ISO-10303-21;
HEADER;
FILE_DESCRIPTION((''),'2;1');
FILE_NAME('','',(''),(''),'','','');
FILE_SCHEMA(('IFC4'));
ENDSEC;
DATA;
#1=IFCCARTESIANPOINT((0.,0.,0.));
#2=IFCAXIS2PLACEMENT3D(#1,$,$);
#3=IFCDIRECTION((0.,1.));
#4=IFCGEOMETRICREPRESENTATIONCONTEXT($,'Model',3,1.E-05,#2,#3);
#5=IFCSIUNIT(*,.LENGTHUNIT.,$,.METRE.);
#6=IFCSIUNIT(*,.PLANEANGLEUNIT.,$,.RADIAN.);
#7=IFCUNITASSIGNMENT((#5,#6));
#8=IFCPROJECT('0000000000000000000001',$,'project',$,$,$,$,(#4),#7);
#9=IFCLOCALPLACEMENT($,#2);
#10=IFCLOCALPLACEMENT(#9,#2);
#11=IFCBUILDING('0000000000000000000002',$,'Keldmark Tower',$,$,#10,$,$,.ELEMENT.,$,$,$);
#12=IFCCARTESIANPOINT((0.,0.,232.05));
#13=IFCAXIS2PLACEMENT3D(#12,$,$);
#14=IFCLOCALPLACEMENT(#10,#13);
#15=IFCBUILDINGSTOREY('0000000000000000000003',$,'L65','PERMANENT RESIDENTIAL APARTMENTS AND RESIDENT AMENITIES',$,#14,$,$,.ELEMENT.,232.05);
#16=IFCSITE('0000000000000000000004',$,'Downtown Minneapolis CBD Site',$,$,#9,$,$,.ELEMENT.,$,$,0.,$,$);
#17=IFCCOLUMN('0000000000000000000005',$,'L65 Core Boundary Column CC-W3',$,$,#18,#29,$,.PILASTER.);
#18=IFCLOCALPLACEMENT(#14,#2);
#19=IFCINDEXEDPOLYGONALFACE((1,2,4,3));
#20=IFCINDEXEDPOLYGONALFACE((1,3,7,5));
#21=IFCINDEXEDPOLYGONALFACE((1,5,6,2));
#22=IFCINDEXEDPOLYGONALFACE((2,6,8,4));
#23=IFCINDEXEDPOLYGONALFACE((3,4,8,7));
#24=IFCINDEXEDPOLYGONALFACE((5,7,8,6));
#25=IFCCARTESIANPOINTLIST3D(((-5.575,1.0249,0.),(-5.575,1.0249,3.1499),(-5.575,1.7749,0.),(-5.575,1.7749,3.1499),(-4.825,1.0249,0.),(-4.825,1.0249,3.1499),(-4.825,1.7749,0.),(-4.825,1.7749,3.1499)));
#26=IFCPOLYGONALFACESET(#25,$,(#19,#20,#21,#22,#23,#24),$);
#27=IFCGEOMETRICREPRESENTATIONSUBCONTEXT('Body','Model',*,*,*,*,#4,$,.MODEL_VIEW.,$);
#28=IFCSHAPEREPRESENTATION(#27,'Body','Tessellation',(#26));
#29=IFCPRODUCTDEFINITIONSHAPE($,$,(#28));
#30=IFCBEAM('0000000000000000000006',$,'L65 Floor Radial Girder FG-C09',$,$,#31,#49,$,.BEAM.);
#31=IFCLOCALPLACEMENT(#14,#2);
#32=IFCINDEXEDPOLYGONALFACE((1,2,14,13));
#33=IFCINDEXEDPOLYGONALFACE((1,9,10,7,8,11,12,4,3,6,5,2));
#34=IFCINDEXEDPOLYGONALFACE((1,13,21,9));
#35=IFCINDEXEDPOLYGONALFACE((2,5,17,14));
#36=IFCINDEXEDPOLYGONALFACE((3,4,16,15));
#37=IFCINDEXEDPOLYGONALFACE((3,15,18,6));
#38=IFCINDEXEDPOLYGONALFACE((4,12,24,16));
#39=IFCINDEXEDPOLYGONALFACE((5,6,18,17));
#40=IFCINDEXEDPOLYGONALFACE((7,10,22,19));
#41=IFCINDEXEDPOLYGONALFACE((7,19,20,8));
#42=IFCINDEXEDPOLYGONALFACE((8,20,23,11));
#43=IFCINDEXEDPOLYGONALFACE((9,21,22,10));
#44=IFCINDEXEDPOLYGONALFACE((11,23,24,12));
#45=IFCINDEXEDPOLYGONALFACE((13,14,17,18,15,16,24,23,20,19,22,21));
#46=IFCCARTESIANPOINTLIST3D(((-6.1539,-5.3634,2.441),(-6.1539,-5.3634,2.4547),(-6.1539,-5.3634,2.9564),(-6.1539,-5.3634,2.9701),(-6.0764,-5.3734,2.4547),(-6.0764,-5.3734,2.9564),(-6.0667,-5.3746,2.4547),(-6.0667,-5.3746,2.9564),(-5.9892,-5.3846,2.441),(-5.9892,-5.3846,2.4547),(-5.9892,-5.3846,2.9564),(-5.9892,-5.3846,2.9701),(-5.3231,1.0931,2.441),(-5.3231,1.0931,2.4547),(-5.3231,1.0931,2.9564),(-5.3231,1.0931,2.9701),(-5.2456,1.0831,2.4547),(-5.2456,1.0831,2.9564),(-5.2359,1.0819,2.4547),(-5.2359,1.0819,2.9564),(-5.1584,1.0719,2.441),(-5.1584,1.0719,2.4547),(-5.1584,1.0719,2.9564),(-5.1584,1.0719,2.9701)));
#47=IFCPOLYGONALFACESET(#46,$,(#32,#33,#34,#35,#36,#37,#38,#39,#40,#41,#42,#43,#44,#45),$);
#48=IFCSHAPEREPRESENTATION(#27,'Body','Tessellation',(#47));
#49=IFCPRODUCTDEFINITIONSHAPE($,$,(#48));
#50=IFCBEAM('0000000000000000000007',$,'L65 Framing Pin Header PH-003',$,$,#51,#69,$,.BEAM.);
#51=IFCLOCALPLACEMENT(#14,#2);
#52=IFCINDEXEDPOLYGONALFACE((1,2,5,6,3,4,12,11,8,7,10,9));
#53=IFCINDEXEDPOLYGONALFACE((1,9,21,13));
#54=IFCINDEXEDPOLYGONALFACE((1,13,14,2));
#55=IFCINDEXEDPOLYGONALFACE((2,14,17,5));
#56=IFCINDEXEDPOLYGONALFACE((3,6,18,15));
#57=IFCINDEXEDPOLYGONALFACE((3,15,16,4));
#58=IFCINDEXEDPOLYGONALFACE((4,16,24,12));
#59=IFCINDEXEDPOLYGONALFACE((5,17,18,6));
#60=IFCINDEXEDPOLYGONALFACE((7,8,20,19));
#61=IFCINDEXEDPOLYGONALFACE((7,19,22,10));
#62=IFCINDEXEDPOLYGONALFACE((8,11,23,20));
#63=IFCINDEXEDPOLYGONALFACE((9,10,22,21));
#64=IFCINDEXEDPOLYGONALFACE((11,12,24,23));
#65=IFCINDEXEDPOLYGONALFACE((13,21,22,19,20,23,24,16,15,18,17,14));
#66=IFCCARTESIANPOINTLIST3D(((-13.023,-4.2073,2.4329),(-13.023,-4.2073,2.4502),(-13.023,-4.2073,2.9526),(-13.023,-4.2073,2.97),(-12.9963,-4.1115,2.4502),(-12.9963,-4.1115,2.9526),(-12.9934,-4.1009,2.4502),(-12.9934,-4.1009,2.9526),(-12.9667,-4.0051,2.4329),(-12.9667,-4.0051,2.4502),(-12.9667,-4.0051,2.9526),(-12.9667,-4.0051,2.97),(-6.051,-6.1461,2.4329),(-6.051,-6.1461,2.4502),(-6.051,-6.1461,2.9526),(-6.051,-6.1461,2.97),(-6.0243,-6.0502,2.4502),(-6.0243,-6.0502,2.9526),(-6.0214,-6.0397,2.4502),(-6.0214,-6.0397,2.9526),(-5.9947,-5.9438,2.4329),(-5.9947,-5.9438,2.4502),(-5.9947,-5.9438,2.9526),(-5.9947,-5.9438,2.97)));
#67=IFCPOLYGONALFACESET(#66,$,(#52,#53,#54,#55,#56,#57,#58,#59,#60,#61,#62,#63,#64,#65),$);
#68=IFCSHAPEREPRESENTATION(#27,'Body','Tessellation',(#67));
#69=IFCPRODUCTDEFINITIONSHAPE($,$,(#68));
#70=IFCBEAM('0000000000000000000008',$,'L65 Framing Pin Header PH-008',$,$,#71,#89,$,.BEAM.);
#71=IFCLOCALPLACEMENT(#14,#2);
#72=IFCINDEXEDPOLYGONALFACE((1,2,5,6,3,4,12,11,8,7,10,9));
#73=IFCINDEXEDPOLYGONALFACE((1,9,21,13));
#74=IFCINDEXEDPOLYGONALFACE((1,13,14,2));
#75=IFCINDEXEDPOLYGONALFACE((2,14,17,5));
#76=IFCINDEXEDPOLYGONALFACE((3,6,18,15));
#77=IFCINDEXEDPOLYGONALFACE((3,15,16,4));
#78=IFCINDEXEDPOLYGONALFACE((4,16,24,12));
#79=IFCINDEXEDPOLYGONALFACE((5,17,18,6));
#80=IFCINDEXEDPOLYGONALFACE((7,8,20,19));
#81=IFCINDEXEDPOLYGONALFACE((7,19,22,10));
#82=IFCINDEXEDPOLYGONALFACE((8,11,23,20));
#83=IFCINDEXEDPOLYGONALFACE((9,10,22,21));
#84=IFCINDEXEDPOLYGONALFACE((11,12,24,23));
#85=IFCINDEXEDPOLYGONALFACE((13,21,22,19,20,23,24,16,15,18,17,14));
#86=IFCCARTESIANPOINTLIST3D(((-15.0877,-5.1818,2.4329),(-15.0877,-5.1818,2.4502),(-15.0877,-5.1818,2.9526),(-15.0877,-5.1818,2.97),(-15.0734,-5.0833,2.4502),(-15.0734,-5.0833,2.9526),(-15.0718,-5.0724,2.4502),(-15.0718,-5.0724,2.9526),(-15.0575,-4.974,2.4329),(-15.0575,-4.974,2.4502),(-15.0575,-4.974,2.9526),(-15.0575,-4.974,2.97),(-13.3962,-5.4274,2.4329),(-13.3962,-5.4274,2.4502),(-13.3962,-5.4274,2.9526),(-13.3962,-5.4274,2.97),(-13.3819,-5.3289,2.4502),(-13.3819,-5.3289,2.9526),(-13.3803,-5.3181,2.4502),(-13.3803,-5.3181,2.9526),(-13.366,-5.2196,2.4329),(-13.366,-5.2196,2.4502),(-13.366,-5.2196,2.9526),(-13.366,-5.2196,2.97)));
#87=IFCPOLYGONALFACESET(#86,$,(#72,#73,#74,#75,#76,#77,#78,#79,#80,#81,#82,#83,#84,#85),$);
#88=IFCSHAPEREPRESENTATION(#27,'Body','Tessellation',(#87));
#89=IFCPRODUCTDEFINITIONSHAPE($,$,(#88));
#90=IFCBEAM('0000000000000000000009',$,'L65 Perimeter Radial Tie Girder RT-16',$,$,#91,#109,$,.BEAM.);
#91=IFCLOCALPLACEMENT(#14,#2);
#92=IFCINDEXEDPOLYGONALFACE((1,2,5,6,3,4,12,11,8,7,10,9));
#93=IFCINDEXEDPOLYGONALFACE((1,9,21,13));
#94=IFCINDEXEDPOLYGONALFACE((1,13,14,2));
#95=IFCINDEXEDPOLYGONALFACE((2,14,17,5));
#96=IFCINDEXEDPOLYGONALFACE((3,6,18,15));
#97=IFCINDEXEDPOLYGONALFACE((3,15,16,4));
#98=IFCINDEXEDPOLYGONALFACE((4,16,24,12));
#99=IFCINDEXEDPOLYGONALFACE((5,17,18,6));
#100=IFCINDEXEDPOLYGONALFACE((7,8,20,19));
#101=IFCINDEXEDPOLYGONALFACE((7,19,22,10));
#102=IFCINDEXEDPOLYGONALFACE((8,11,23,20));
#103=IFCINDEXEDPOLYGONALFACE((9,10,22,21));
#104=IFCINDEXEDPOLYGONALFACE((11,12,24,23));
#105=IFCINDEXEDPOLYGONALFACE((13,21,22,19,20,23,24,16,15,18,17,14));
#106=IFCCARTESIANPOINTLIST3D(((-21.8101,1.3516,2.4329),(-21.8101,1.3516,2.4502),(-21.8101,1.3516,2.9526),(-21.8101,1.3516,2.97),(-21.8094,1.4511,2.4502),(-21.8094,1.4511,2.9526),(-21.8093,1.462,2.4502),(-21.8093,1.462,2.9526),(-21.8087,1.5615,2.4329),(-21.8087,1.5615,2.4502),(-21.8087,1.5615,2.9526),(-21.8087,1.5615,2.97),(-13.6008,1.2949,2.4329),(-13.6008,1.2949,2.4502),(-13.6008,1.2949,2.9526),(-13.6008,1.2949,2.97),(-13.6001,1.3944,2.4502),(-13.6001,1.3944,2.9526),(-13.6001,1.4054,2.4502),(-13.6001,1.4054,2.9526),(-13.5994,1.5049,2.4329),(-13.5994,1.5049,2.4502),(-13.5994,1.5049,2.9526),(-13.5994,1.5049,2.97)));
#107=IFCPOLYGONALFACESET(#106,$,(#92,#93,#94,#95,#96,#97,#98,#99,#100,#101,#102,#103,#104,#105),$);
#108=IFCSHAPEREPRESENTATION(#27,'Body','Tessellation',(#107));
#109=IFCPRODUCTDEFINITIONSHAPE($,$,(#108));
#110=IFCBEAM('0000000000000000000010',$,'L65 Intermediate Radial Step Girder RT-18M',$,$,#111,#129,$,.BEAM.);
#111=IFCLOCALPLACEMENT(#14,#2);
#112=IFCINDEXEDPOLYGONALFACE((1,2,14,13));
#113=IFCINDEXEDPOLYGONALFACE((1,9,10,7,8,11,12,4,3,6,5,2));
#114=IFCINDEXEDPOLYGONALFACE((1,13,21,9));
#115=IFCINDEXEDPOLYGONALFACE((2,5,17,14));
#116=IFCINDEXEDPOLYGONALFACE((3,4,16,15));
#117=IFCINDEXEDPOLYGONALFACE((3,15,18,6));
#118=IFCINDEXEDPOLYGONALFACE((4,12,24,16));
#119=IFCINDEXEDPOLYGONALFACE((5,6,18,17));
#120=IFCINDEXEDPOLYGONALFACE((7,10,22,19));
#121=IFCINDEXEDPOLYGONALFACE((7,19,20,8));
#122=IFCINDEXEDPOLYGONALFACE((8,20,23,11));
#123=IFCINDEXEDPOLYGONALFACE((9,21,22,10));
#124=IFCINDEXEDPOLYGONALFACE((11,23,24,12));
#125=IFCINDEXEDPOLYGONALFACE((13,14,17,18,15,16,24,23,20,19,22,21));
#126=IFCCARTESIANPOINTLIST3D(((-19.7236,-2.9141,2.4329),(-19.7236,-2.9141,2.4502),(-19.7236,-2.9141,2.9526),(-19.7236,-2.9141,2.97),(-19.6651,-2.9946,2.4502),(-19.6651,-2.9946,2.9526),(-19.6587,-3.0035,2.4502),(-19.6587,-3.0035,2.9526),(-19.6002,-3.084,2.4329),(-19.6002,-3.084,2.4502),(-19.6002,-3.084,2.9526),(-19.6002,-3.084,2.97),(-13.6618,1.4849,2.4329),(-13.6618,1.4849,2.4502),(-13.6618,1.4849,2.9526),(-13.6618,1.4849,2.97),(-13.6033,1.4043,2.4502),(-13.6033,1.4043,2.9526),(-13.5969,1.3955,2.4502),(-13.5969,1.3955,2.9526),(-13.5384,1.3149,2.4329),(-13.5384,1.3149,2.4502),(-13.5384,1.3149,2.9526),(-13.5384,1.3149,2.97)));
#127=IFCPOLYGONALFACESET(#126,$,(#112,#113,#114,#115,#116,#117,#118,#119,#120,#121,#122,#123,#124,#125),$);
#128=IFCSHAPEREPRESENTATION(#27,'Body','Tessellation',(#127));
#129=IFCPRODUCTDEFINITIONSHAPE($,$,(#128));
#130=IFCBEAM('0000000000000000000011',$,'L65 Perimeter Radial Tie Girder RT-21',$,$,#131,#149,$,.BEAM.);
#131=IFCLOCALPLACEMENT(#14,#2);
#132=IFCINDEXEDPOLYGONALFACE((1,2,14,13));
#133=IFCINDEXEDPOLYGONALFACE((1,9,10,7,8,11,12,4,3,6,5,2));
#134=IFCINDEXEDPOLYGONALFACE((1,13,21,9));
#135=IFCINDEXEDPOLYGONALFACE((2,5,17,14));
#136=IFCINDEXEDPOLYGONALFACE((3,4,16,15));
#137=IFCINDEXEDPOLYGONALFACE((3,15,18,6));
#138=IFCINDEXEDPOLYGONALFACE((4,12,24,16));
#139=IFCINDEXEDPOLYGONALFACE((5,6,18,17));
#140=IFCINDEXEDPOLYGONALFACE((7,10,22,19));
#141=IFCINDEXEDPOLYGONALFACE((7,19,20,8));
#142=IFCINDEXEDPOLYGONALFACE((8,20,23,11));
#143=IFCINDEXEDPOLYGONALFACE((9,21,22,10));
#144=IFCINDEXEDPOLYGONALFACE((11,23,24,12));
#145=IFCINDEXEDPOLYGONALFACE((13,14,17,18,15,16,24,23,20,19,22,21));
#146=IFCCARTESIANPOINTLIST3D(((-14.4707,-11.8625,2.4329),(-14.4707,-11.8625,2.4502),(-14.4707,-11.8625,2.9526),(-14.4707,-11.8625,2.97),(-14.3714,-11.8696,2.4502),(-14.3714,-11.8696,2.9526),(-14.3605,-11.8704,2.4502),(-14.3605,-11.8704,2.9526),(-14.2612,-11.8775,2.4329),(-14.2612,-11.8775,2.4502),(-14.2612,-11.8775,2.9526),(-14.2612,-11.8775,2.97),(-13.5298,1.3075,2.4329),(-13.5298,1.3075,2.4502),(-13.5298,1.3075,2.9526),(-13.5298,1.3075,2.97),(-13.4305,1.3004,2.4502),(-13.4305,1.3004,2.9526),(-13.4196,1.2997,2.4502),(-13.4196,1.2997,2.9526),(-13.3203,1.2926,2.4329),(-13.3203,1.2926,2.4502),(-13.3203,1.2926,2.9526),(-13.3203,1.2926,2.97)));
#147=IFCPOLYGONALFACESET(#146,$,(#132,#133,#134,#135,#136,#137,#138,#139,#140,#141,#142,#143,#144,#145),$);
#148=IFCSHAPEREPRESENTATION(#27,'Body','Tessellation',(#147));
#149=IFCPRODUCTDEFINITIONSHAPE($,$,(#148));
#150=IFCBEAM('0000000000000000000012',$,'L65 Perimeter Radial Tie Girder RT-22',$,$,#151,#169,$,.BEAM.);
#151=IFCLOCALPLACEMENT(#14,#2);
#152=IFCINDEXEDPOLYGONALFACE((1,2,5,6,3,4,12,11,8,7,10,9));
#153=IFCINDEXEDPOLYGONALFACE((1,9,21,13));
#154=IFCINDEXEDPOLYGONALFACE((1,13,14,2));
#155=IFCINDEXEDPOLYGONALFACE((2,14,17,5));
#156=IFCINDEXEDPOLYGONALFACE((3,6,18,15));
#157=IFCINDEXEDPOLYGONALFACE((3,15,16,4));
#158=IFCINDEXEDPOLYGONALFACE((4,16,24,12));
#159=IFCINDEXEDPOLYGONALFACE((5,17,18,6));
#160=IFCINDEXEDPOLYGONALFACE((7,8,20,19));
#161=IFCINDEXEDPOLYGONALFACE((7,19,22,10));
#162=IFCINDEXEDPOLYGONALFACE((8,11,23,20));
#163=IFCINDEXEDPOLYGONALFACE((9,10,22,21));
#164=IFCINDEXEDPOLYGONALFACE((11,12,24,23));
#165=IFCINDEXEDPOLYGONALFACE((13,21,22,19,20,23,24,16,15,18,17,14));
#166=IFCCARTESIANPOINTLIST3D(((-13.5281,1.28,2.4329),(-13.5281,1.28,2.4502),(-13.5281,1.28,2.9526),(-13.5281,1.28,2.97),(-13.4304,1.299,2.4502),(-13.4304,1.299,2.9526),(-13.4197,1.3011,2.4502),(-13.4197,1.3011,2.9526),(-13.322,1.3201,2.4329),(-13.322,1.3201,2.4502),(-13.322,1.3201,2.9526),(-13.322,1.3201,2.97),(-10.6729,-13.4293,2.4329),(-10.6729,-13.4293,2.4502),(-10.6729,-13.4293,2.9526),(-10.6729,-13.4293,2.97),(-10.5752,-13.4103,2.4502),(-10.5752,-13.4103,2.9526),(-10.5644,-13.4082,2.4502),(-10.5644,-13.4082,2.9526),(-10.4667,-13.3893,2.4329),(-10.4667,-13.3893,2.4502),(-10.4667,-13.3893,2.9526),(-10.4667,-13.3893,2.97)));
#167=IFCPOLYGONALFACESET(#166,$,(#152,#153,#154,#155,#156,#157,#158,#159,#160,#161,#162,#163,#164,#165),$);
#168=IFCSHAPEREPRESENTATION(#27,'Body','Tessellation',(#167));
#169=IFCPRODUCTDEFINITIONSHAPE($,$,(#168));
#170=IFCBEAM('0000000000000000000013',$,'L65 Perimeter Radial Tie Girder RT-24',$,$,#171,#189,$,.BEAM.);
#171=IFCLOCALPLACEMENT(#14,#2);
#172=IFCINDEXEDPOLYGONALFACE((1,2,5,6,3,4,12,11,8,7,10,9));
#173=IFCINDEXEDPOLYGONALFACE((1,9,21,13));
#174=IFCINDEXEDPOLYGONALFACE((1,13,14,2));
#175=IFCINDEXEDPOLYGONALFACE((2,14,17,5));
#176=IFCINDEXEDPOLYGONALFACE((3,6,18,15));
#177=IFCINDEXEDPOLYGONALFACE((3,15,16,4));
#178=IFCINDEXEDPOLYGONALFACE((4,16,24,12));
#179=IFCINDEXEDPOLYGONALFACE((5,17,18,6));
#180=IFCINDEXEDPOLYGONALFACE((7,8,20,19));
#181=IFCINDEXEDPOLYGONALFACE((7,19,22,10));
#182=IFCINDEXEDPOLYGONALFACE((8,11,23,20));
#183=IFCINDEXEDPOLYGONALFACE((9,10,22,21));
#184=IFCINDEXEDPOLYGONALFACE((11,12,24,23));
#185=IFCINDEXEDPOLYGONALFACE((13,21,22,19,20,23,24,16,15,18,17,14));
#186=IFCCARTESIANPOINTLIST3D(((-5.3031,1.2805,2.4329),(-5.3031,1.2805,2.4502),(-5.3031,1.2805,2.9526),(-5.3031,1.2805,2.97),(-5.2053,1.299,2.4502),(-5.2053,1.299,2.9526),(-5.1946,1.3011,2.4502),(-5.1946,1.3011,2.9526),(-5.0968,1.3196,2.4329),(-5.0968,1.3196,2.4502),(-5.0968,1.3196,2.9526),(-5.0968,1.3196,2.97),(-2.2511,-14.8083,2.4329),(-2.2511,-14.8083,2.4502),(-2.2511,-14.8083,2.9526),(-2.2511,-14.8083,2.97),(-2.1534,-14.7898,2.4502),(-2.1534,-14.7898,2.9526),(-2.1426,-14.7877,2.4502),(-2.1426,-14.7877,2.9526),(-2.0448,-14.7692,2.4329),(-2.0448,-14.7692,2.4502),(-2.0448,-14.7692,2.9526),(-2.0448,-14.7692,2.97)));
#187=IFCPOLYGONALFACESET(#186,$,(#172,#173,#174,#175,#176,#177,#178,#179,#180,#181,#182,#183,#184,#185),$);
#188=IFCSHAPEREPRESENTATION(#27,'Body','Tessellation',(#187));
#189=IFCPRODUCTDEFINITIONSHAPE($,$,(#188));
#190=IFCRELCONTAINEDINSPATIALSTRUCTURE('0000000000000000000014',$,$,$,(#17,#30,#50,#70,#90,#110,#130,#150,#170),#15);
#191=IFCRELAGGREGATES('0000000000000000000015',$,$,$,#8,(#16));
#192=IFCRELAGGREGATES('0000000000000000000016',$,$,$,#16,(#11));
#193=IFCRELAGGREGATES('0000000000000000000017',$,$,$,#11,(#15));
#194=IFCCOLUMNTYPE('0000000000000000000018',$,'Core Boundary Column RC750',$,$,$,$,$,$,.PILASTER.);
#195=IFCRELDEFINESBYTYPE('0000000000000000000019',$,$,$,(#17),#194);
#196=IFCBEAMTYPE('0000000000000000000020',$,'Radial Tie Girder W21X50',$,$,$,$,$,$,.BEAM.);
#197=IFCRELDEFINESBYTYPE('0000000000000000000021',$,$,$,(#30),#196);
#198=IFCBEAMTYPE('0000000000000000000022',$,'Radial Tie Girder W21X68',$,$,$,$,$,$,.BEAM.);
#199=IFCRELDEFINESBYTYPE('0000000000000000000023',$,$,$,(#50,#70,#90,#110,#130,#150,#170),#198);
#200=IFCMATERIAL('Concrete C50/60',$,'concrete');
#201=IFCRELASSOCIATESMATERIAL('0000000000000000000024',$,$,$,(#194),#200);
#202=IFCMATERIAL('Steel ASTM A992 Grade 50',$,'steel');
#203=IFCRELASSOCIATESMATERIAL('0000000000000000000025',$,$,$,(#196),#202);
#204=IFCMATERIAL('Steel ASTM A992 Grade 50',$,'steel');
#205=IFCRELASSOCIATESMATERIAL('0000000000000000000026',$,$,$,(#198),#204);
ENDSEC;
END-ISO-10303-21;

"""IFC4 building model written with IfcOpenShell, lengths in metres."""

from ifc_helpers import new_model, si_unit, direction, frame, origin, origin_2d, place, context, subcontext, project, spatial, rectangle, i_section, extrude, material, material_profile, profile_set, type_object, element, save


model = new_model("IFC4")

# Units and contexts
model_context = context("Model", 3, precision=1e-05, world=origin(), true_north=direction((0.0, 1.0)))
body_context = subcontext(model_context, "Body", "Model", "MODEL_VIEW")
ifc_project = project(units=[si_unit("LENGTHUNIT", "METRE"), si_unit("PLANEANGLEUNIT", "RADIAN")], contexts=[model_context])

# Site, building, storey
site_placement = place(None, origin())
site = spatial("IfcSite", under=ifc_project, at=site_placement, Name="Downtown Minneapolis CBD Site", CompositionType="ELEMENT", RefElevation=0.0)
building_placement = place(site_placement, origin())
building = spatial("IfcBuilding", under=site, at=building_placement, Name="Keldmark Tower", CompositionType="ELEMENT")
storey_placement = place(building_placement, frame((0.0, 0.0, 232.05)))
storey = spatial("IfcBuildingStorey", under=building, at=storey_placement, Name="L65", Description="PERMANENT RESIDENTIAL APARTMENTS AND RESIDENT AMENITIES", CompositionType="ELEMENT", Elevation=232.05)

# Column
ifc_material_1 = material(Name="Concrete C50/60", Category="concrete")
ifc_material_profile_1 = material_profile(ifc_material_1, rectangle(XDim=0.75, YDim=0.75, at=origin_2d()), Name="RC750X750")
ifc_profile_set_1 = profile_set([ifc_material_profile_1], Name="Concrete C50/60")
column_type = type_object("IfcColumnType", Name="Core Boundary Column RC750", PredefinedType="PILASTER", material=ifc_profile_set_1)
column_placement = place(storey_placement, frame((-5.2, 1.3999, 0.0), z_axis=(0.0, 0.0, 1.0), x_axis=(1.0, 0.0, 0.0)))
element("IfcColumn", 1, at=column_placement, inside=storey, type_object=column_type, Name="L65 Core Boundary Column CC-W3", PredefinedType="PILASTER", context=body_context, shape_type="SweptSolid", body=[
    extrude(rectangle(XDim=0.75, YDim=0.75, at=origin_2d()), origin(), (0.0, 0.0, 1.0), 3.1499),
])

# Beams
ifc_material_2 = material(Name="Steel ASTM A992 Grade 50", Category="steel")
ifc_material_profile_2 = material_profile(ifc_material_2, i_section(OverallWidth=0.166, OverallDepth=0.5291, WebThickness=0.0098, FlangeThickness=0.0137, at=origin_2d()), Name="W21X50")
ifc_profile_set_2 = profile_set([ifc_material_profile_2], Name="Steel ASTM A992 Grade 50")
beam_type_1 = type_object("IfcBeamType", Name="Radial Tie Girder W21X50", PredefinedType="BEAM", material=ifc_profile_set_2)
beam_1_placement = place(storey_placement, frame((-6.0715, -5.374, 2.7056), z_axis=(0.127625, 0.991822, 0.0), x_axis=(-0.991822, 0.127625, 0.0)))
element("IfcBeam", 2, at=beam_1_placement, inside=storey, type_object=beam_type_1, Name="L65 Floor Radial Girder FG-C09", PredefinedType="BEAM", context=body_context, shape_type="SweptSolid", body=[
    extrude(i_section(OverallWidth=0.166, OverallDepth=0.5291, WebThickness=0.0098, FlangeThickness=0.0137, at=origin_2d()), origin(), (0.0, 0.0, 1.0), 6.5098),
])
ifc_material_3 = material(Name="Steel ASTM A992 Grade 50", Category="steel")
ifc_material_profile_3 = material_profile(ifc_material_3, i_section(OverallWidth=0.21, OverallDepth=0.5371, WebThickness=0.011, FlangeThickness=0.0173, at=origin_2d()), Name="W21X68")
ifc_profile_set_3 = profile_set([ifc_material_profile_3], Name="Steel ASTM A992 Grade 50")
beam_type_2 = type_object("IfcBeamType", Name="Radial Tie Girder W21X68", PredefinedType="BEAM", material=ifc_profile_set_3)
beam_2_placement = place(storey_placement, frame((-12.9949, -4.1062, 2.7014), z_axis=(0.963444, -0.26791, 0.0), x_axis=(0.26791, 0.963444, 0.0)))
element("IfcBeam", 3, at=beam_2_placement, inside=storey, type_object=beam_type_2, Name="L65 Framing Pin Header PH-003", PredefinedType="BEAM", context=body_context, shape_type="SweptSolid", body=[
    extrude(i_section(OverallWidth=0.21, OverallDepth=0.5371, WebThickness=0.011, FlangeThickness=0.0173, at=origin_2d()), origin(), (0.0, 0.0, 1.0), 7.2366),
])
beam_3_placement = place(storey_placement, frame((-13.3811, -5.3235, 2.7014), z_axis=(-0.989621, 0.143701, 0.0), x_axis=(-0.143701, -0.989621, 0.0)))
element("IfcBeam", 4, at=beam_3_placement, inside=storey, type_object=beam_type_2, Name="L65 Framing Pin Header PH-008", PredefinedType="BEAM", context=body_context, shape_type="SweptSolid", body=[
    extrude(i_section(OverallWidth=0.21, OverallDepth=0.5371, WebThickness=0.011, FlangeThickness=0.0173, at=origin_2d()), origin(), (0.0, 0.0, 1.0), 1.7092),
])
beam_4_placement = place(storey_placement, frame((-13.6001, 1.3999, 2.7014), z_axis=(-0.999976, 0.006899, 0.0), x_axis=(-0.006899, -0.999976, 0.0)))
element("IfcBeam", 5, at=beam_4_placement, inside=storey, type_object=beam_type_2, Name="L65 Perimeter Radial Tie Girder RT-16", PredefinedType="BEAM", context=body_context, shape_type="SweptSolid", body=[
    extrude(i_section(OverallWidth=0.21, OverallDepth=0.5371, WebThickness=0.011, FlangeThickness=0.0173, at=origin_2d()), origin(), (0.0, 0.0, 1.0), 8.2095),
])
beam_5_placement = place(storey_placement, frame((-13.6001, 1.3999, 2.7014), z_axis=(-0.809347, -0.58733, 0.0), x_axis=(0.58733, -0.809347, 0.0)))
element("IfcBeam", 6, at=beam_5_placement, inside=storey, type_object=beam_type_2, Name="L65 Intermediate Radial Step Girder RT-18M", PredefinedType="BEAM", context=body_context, shape_type="SweptSolid", body=[
    extrude(i_section(OverallWidth=0.21, OverallDepth=0.5371, WebThickness=0.011, FlangeThickness=0.0173, at=origin_2d()), origin(), (0.0, 0.0, 1.0), 7.4897),
])
beam_6_placement = place(storey_placement, frame((-13.425, 1.3, 2.7014), z_axis=(-0.071262, -0.997458, 0.0), x_axis=(0.997458, -0.071262, 0.0)))
element("IfcBeam", 7, at=beam_6_placement, inside=storey, type_object=beam_type_2, Name="L65 Perimeter Radial Tie Girder RT-21", PredefinedType="BEAM", context=body_context, shape_type="SweptSolid", body=[
    extrude(i_section(OverallWidth=0.21, OverallDepth=0.5371, WebThickness=0.011, FlangeThickness=0.0173, at=origin_2d()), origin(), (0.0, 0.0, 1.0), 13.2036),
])
beam_7_placement = place(storey_placement, frame((-13.425, 1.3, 2.7014), z_axis=(0.190554, -0.981677, 0.0), x_axis=(0.981677, 0.190554, 0.0)))
element("IfcBeam", 8, at=beam_7_placement, inside=storey, type_object=beam_type_2, Name="L65 Perimeter Radial Tie Girder RT-22", PredefinedType="BEAM", context=body_context, shape_type="SweptSolid", body=[
    extrude(i_section(OverallWidth=0.21, OverallDepth=0.5371, WebThickness=0.011, FlangeThickness=0.0173, at=origin_2d()), origin(), (0.0, 0.0, 1.0), 14.9839),
])
beam_8_placement = place(storey_placement, frame((-5.2, 1.3, 2.7014), z_axis=(0.186373, -0.982479, 0.0), x_axis=(0.982479, 0.186373, 0.0)))
element("IfcBeam", 9, at=beam_8_placement, inside=storey, type_object=beam_type_2, Name="L65 Perimeter Radial Tie Girder RT-24", PredefinedType="BEAM", context=body_context, shape_type="SweptSolid", body=[
    extrude(i_section(OverallWidth=0.21, OverallDepth=0.5371, WebThickness=0.011, FlangeThickness=0.0173, at=origin_2d()), origin(), (0.0, 0.0, 1.0), 16.3757),
])

save(model, "model.ifc")
